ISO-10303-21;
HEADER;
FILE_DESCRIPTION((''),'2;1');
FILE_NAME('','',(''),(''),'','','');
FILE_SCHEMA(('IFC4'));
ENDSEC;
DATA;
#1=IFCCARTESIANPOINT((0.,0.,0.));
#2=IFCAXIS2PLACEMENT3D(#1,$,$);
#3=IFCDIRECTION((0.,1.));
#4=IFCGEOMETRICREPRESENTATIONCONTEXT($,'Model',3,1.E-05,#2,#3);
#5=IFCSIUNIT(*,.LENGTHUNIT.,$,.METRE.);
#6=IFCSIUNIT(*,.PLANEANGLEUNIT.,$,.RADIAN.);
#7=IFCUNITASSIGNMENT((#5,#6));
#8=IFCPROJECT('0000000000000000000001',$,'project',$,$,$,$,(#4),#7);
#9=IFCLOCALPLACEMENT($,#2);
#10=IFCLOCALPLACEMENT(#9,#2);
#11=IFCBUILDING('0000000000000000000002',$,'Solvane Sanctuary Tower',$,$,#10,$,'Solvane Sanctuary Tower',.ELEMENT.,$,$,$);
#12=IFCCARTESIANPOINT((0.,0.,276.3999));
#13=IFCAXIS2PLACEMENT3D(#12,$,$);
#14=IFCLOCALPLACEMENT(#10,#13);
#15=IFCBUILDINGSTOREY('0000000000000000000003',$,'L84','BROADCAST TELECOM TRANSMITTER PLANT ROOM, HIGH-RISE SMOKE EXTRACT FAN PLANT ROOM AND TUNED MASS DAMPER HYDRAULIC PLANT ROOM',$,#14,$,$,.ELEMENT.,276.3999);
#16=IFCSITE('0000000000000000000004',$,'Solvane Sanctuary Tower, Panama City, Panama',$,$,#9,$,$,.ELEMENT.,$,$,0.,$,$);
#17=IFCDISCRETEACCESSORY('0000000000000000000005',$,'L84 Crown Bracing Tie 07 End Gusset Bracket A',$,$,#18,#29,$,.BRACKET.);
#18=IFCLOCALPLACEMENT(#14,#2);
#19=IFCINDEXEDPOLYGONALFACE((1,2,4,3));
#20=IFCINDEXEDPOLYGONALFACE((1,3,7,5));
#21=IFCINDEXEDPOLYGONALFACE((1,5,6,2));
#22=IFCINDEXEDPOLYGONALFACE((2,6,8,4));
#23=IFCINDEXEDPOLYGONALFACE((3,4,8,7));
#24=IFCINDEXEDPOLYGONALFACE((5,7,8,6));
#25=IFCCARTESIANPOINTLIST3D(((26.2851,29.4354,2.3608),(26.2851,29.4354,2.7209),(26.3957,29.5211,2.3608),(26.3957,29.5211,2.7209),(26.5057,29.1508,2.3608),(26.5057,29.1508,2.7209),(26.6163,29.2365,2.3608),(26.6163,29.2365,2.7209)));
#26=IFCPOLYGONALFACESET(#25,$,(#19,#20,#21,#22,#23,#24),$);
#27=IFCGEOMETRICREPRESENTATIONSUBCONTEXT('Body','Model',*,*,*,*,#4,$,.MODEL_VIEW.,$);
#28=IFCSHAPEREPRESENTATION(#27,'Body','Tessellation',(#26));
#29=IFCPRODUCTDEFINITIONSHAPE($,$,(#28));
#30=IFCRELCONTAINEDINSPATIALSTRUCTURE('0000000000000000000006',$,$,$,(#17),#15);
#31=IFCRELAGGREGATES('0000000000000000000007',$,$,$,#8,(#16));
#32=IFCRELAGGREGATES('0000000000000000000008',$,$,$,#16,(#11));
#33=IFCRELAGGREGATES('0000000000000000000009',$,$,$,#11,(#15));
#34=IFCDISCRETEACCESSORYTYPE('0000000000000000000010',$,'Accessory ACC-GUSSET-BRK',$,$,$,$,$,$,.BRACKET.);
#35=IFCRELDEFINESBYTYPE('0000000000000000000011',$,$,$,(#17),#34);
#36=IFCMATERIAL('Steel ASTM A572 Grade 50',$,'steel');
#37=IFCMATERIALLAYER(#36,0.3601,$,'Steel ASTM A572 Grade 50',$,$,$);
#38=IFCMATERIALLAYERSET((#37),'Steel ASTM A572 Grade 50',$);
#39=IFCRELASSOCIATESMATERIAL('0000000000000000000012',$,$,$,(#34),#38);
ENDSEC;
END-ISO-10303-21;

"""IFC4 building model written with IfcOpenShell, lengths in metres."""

from ifc_helpers import new_model, si_unit, direction, frame, origin, origin_2d, place, context, subcontext, project, spatial, rectangle, extrude, material, layer, layer_set, type_object, element, save


model = new_model("IFC4")

# Units and contexts
model_context = context("Model", 3, precision=1e-05, world=origin(), true_north=direction((0.0, 1.0)))
body_context = subcontext(model_context, "Body", "Model", "MODEL_VIEW")
ifc_project = project(units=[si_unit("LENGTHUNIT", "METRE"), si_unit("PLANEANGLEUNIT", "RADIAN")], contexts=[model_context])

# Site, building, storey
site_placement = place(None, origin())
site = spatial("IfcSite", under=ifc_project, at=site_placement, Name="Solvane Sanctuary Tower, Panama City, Panama", CompositionType="ELEMENT", RefElevation=0.0)
building_placement = place(site_placement, origin())
building = spatial("IfcBuilding", under=site, at=building_placement, Name="Solvane Sanctuary Tower", LongName="Solvane Sanctuary Tower", CompositionType="ELEMENT")
storey_placement = place(building_placement, frame((0.0, 0.0, 276.3999)))
storey = spatial("IfcBuildingStorey", under=building, at=storey_placement, Name="L84", Description="BROADCAST TELECOM TRANSMITTER PLANT ROOM, HIGH-RISE SMOKE EXTRACT FAN PLANT ROOM AND TUNED MASS DAMPER HYDRAULIC PLANT ROOM", CompositionType="ELEMENT", Elevation=276.3999)

# Discrete accessory
ifc_material_1 = material(Name="Steel ASTM A572 Grade 50", Category="steel")
ifc_layer_1 = layer(ifc_material_1, 0.3601, Name="Steel ASTM A572 Grade 50")
ifc_layer_set_1 = layer_set([ifc_layer_1], Name="Steel ASTM A572 Grade 50")
discrete_accessory_type = type_object("IfcDiscreteAccessoryType", Name="Accessory ACC-GUSSET-BRK", PredefinedType="BRACKET", material=ifc_layer_set_1)
discrete_accessory_placement = place(storey_placement, frame((26.4507, 29.3359, 2.3608), z_axis=(0.0, 0.0, 1.0), x_axis=(-0.612493, 0.790476, 0.0)))
element("IfcDiscreteAccessory", 1, at=discrete_accessory_placement, inside=storey, type_object=discrete_accessory_type, Name="L84 Crown Bracing Tie 07 End Gusset Bracket A", PredefinedType="BRACKET", context=body_context, shape_type="SweptSolid", body=[
    extrude(rectangle(XDim=0.3601, YDim=0.1399, at=origin_2d()), origin(), (0.0, 0.0, 1.0), 0.3601),
])

save(model, "model.ifc")
